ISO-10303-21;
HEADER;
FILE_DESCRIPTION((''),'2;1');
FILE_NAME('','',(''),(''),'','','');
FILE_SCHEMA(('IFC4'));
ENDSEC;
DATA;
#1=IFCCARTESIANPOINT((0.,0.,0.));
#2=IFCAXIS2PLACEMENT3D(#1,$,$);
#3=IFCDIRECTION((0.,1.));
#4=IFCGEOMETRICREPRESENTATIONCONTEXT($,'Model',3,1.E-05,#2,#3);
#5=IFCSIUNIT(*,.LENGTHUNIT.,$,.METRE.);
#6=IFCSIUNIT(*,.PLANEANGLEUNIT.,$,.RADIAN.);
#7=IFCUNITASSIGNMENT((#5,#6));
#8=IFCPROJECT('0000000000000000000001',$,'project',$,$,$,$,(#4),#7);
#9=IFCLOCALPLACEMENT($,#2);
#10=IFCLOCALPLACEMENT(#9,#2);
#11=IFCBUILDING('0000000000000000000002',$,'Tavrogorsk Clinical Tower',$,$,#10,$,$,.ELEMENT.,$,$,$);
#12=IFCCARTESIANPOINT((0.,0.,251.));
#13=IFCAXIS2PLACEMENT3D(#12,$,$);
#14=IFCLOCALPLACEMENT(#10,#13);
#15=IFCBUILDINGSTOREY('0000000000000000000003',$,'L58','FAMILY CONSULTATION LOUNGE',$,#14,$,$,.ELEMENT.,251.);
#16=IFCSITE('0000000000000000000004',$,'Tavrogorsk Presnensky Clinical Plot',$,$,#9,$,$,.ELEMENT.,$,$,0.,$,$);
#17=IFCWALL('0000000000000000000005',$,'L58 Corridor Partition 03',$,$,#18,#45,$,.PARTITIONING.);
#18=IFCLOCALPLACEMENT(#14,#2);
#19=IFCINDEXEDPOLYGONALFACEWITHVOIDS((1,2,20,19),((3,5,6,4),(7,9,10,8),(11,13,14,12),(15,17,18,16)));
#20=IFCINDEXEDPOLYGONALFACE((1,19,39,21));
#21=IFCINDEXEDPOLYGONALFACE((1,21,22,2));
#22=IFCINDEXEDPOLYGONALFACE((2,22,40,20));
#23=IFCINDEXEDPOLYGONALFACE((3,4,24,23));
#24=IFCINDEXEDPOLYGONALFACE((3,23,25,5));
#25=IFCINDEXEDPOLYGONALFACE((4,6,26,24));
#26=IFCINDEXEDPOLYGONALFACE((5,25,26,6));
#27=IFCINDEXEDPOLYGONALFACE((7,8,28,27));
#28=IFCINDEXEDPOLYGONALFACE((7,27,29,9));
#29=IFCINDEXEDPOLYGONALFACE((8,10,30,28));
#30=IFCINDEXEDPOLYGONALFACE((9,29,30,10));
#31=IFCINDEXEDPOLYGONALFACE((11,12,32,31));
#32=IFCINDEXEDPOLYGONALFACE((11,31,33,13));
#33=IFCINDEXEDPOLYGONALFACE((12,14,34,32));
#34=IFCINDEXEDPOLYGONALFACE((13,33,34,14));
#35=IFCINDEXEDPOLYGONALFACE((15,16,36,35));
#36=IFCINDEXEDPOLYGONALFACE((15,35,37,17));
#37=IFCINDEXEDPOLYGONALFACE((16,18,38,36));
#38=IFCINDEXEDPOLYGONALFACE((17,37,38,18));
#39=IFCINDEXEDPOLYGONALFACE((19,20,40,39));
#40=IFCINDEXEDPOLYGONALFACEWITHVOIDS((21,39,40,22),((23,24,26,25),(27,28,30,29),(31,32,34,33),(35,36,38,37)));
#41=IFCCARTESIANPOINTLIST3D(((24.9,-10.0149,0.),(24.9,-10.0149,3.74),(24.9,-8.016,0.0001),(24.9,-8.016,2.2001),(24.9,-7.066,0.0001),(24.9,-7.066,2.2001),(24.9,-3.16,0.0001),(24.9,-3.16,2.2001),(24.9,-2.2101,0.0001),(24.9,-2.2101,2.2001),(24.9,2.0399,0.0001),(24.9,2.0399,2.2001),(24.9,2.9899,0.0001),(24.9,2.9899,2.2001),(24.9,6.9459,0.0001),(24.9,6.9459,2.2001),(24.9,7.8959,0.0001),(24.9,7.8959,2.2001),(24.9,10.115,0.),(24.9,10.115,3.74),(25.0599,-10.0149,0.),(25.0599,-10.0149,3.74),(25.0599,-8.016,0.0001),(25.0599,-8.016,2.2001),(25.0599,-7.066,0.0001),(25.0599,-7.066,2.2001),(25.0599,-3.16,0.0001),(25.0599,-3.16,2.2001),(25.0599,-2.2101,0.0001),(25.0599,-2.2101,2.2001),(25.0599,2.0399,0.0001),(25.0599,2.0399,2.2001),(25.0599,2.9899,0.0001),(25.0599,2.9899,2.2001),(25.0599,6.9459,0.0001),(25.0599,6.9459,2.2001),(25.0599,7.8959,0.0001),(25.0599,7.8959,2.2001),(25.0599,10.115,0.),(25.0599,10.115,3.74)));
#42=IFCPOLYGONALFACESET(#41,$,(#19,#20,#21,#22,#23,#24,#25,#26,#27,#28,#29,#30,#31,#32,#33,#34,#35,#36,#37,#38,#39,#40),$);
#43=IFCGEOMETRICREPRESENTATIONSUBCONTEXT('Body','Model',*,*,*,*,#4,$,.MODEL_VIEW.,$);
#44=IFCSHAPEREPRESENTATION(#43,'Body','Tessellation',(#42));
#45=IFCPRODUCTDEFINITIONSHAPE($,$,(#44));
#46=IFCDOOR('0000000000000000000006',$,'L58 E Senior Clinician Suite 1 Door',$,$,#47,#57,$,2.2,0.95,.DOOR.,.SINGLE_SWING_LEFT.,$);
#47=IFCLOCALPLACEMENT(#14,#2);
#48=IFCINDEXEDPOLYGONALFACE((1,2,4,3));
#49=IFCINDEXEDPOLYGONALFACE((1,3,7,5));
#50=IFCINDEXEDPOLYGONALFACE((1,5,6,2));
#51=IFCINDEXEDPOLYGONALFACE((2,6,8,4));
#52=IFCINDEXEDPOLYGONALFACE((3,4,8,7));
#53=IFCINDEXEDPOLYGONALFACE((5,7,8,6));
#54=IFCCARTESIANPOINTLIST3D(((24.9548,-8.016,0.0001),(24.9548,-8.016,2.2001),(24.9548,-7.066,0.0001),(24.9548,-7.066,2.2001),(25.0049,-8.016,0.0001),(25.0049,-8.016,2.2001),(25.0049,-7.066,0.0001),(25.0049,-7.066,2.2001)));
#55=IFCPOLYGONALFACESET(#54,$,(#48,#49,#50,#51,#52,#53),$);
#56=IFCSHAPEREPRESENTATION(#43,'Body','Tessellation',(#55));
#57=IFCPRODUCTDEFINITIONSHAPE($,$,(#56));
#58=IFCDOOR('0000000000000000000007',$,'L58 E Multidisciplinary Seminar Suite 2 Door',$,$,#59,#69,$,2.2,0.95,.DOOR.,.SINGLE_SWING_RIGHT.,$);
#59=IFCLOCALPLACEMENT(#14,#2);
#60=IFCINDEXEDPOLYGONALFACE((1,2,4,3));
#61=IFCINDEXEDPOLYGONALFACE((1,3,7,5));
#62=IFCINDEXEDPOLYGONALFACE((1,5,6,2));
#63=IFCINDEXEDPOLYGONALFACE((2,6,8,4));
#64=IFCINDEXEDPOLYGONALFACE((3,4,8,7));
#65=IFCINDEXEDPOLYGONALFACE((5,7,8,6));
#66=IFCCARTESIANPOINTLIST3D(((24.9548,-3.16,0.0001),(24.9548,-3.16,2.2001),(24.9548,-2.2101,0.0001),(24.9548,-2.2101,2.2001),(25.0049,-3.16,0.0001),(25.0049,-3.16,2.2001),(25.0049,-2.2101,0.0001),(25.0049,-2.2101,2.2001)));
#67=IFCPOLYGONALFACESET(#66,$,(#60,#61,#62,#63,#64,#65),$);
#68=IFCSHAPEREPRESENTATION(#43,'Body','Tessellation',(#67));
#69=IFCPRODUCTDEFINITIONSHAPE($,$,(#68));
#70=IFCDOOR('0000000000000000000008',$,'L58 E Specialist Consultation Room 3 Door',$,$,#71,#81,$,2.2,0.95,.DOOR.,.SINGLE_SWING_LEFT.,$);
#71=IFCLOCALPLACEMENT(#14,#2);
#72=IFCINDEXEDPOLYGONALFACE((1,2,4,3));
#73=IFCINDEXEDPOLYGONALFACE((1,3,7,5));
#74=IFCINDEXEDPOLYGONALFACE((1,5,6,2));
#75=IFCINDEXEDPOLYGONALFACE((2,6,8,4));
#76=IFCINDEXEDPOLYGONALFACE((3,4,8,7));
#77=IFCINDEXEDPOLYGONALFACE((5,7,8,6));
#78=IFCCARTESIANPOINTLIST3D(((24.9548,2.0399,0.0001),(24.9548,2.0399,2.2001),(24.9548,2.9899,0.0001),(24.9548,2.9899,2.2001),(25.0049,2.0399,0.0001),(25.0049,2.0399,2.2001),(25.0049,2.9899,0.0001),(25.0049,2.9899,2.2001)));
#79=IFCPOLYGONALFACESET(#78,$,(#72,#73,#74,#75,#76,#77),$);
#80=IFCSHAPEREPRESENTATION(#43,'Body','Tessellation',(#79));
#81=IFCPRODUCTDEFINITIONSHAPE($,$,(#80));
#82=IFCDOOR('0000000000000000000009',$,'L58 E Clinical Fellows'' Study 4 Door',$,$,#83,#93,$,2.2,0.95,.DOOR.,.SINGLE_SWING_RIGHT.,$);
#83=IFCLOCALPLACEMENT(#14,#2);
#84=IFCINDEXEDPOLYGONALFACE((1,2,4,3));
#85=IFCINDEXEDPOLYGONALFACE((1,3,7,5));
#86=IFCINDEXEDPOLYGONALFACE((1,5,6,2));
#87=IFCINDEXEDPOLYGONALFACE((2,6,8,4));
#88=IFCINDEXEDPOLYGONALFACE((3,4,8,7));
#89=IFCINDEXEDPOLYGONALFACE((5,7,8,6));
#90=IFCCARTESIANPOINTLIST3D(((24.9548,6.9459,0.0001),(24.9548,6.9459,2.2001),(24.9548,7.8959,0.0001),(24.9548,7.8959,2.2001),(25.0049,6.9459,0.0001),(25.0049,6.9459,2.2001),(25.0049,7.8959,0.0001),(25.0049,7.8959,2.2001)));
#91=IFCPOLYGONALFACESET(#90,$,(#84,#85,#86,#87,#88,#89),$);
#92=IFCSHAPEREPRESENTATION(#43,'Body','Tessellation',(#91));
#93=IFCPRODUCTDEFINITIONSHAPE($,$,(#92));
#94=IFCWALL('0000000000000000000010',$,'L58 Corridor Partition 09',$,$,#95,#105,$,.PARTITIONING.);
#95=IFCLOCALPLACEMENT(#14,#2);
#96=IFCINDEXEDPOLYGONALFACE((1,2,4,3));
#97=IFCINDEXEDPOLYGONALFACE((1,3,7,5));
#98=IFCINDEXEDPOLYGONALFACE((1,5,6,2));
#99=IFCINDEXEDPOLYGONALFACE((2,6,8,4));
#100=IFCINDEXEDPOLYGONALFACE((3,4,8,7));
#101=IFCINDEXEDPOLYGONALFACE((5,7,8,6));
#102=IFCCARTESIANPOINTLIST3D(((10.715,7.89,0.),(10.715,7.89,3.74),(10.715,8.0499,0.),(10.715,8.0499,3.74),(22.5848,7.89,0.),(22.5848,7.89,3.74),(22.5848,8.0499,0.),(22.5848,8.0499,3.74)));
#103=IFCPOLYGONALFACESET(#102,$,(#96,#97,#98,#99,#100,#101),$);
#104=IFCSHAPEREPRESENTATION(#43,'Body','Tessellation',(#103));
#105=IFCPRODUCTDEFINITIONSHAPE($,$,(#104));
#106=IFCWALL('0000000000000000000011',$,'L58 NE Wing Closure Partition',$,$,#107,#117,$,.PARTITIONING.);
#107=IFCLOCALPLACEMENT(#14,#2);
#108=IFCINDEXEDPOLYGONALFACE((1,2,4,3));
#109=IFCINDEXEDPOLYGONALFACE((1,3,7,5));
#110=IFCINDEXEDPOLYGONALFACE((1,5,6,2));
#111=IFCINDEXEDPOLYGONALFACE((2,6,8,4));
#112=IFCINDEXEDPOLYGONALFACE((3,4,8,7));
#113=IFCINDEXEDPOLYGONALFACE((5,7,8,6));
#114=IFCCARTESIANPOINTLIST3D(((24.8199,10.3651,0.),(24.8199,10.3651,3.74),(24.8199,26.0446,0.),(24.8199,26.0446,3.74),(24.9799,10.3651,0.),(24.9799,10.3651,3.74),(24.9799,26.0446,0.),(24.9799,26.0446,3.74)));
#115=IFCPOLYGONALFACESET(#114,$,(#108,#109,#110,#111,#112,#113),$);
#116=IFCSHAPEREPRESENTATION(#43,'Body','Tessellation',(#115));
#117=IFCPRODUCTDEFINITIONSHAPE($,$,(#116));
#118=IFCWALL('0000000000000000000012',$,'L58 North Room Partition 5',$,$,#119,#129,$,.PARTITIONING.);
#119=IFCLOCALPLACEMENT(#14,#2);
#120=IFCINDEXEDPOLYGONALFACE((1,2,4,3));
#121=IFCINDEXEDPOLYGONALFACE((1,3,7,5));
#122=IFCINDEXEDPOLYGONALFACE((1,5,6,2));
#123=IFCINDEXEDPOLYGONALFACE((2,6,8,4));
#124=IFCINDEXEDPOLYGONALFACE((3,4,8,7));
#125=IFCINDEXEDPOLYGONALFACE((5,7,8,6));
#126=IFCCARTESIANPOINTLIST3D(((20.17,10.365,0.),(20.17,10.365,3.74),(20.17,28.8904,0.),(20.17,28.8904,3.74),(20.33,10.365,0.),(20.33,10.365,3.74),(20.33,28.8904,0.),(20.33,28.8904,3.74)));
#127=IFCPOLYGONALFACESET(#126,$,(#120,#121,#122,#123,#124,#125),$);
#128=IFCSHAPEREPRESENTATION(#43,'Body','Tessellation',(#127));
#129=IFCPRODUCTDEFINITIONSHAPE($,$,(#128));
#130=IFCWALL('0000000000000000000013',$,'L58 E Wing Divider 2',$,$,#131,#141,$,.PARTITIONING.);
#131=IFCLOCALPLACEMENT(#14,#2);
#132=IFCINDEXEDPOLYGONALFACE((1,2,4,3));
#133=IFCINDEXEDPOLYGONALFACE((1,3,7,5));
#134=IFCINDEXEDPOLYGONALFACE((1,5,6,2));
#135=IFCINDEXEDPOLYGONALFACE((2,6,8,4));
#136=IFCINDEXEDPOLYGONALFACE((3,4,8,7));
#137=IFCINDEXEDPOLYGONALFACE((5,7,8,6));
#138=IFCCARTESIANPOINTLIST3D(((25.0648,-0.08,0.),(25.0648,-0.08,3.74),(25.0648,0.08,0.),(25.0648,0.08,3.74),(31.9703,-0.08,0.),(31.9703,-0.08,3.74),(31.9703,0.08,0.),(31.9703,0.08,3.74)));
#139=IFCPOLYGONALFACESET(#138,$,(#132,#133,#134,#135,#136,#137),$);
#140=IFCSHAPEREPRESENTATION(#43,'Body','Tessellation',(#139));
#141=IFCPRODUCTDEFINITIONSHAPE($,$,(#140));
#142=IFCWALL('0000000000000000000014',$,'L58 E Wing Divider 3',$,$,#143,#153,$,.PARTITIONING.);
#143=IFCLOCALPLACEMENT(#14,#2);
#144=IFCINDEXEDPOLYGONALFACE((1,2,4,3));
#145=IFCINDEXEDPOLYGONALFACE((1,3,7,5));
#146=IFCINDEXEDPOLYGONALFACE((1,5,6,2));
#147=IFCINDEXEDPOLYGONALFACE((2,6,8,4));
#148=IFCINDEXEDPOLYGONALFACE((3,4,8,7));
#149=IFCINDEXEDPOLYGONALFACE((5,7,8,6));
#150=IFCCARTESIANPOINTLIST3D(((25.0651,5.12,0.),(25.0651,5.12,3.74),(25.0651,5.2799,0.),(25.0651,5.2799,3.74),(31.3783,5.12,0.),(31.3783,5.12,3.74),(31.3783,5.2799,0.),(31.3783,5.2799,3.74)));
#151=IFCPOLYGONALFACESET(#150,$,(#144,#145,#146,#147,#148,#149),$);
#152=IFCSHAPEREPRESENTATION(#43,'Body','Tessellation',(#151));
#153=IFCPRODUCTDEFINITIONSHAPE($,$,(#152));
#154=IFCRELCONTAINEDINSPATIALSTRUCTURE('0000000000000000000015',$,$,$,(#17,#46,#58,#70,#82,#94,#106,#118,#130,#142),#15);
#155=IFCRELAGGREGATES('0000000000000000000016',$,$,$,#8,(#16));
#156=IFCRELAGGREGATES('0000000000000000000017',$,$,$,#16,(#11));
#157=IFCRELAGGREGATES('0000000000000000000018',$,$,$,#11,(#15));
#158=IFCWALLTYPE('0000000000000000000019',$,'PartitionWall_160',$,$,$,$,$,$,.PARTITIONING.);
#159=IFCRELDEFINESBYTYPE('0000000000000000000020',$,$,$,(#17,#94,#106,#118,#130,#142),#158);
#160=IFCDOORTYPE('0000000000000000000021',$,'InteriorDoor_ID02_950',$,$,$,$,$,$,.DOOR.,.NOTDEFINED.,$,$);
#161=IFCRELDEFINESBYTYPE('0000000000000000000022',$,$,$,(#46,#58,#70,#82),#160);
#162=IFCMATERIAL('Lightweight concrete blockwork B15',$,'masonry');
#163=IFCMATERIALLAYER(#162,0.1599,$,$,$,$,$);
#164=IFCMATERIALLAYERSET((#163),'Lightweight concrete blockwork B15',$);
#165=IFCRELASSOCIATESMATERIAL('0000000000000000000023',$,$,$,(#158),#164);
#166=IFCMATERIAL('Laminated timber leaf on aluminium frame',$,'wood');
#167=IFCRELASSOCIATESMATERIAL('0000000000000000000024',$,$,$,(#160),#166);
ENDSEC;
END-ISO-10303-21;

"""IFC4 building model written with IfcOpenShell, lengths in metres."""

from ifc_helpers import new_model, si_unit, direction, frame, frame_2d, origin, place, context, subcontext, project, spatial, rectangle, extrude, material, layer, layer_set, type_object, element, fill, save


model = new_model("IFC4")

# Units and contexts
model_context = context("Model", 3, precision=1e-05, world=origin(), true_north=direction((0.0, 1.0)))
body_context = subcontext(model_context, "Body", "Model", "MODEL_VIEW")
ifc_project = project(units=[si_unit("LENGTHUNIT", "METRE"), si_unit("PLANEANGLEUNIT", "RADIAN")], contexts=[model_context])

# Site, building, storey
site_placement = place(None, origin())
site = spatial("IfcSite", under=ifc_project, at=site_placement, Name="Tavrogorsk Presnensky Clinical Plot", CompositionType="ELEMENT", RefElevation=0.0)
building_placement = place(site_placement, origin())
building = spatial("IfcBuilding", under=site, at=building_placement, Name="Tavrogorsk Clinical Tower", CompositionType="ELEMENT")
storey_placement = place(building_placement, frame((0.0, 0.0, 251.0)))
storey = spatial("IfcBuildingStorey", under=building, at=storey_placement, Name="L58", Description="FAMILY CONSULTATION LOUNGE", CompositionType="ELEMENT", Elevation=251.0)

# Wall, openings, doors
ifc_material_1 = material(Name="Lightweight concrete blockwork B15", Category="masonry")
ifc_layer_1 = layer(ifc_material_1, 0.1599)
ifc_layer_set_1 = layer_set([ifc_layer_1], Name="Lightweight concrete blockwork B15")
wall_type_1 = type_object("IfcWallType", Name="PartitionWall_160", PredefinedType="PARTITIONING", material=ifc_layer_set_1)
wall_1_placement = place(storey_placement, frame((24.98, 10.115, 0.0), z_axis=(0.0, 0.0, 1.0), x_axis=(0.0, -1.0, 0.0)))
wall_1 = element("IfcWall", 1, at=wall_1_placement, inside=storey, type_object=wall_type_1, Name="L58 Corridor Partition 03", PredefinedType="PARTITIONING", context=body_context, shape_type="SweptSolid", body=[
    extrude(rectangle(XDim=20.1299, YDim=0.1599, at=frame_2d((10.0649, 0.0))), origin(), (0.0, 0.0, 1.0), 3.74),
])
opening_1_placement = place(wall_1_placement, frame((17.1809, 0.0, 0.0)))
opening_1 = element("IfcOpeningElement", 2, at=opening_1_placement, cuts=wall_1, PredefinedType="OPENING", context=body_context, shape_type="SweptSolid", body=[
    extrude(rectangle(XDim=0.95, YDim=2.2, at=frame_2d((0.4751, 1.1001))), frame((0.0, 0.0898, 0.0), z_axis=(0.0, -1.0, 0.0), x_axis=(1.0, 0.0, 0.0)), (0.0, 0.0, 1.0), 0.1799),
])
opening_2_placement = place(wall_1_placement, frame((12.325, 0.0, 0.0)))
opening_2 = element("IfcOpeningElement", 3, at=opening_2_placement, cuts=wall_1, PredefinedType="OPENING", context=body_context, shape_type="SweptSolid", body=[
    extrude(rectangle(XDim=0.95, YDim=2.2, at=frame_2d((0.4751, 1.1001))), frame((0.0, 0.0898, 0.0), z_axis=(0.0, -1.0, 0.0), x_axis=(1.0, 0.0, 0.0)), (0.0, 0.0, 1.0), 0.1799),
])
opening_3_placement = place(wall_1_placement, frame((7.125, 0.0, 0.0)))
opening_3 = element("IfcOpeningElement", 4, at=opening_3_placement, cuts=wall_1, PredefinedType="OPENING", context=body_context, shape_type="SweptSolid", body=[
    extrude(rectangle(XDim=0.95, YDim=2.2, at=frame_2d((0.4751, 1.1001))), frame((0.0, 0.0898, 0.0), z_axis=(0.0, -1.0, 0.0), x_axis=(1.0, 0.0, 0.0)), (0.0, 0.0, 1.0), 0.1799),
])
opening_4_placement = place(wall_1_placement, frame((2.219, 0.0, 0.0)))
opening_4 = element("IfcOpeningElement", 5, at=opening_4_placement, cuts=wall_1, PredefinedType="OPENING", context=body_context, shape_type="SweptSolid", body=[
    extrude(rectangle(XDim=0.95, YDim=2.2, at=frame_2d((0.4751, 1.1001))), frame((0.0, 0.0898, 0.0), z_axis=(0.0, -1.0, 0.0), x_axis=(1.0, 0.0, 0.0)), (0.0, 0.0, 1.0), 0.1799),
])
ifc_material_2 = material(Name="Laminated timber leaf on aluminium frame", Category="wood")
door_type_1 = type_object("IfcDoorType", Name="InteriorDoor_ID02_950", OperationType="NOTDEFINED", PredefinedType="DOOR", material=ifc_material_2)
door_1_placement = place(opening_1_placement, origin())
door_1 = element("IfcDoor", 6, at=door_1_placement, inside=storey, type_object=door_type_1, Name="L58 E Senior Clinician Suite 1 Door", OperationType="SINGLE_SWING_LEFT", OverallHeight=2.2, OverallWidth=0.95, PredefinedType="DOOR", context=body_context, shape_type="SweptSolid", body=[
    extrude(rectangle(XDim=0.95, YDim=2.2, at=frame_2d((0.4751, 1.1001))), frame((0.0, 0.0249, 0.0), z_axis=(0.0, -1.0, 0.0), x_axis=(1.0, 0.0, 0.0)), (0.0, 0.0, 1.0), 0.05),
])
fill(opening_1, door_1)
door_2_placement = place(opening_2_placement, origin())
door_2 = element("IfcDoor", 7, at=door_2_placement, inside=storey, type_object=door_type_1, Name="L58 E Multidisciplinary Seminar Suite 2 Door", OperationType="SINGLE_SWING_RIGHT", OverallHeight=2.2, OverallWidth=0.95, PredefinedType="DOOR", context=body_context, shape_type="SweptSolid", body=[
    extrude(rectangle(XDim=0.95, YDim=2.2, at=frame_2d((0.4751, 1.1001))), frame((0.0, 0.0249, 0.0), z_axis=(0.0, -1.0, 0.0), x_axis=(1.0, 0.0, 0.0)), (0.0, 0.0, 1.0), 0.05),
])
fill(opening_2, door_2)
door_3_placement = place(opening_3_placement, origin())
door_3 = element("IfcDoor", 8, at=door_3_placement, inside=storey, type_object=door_type_1, Name="L58 E Specialist Consultation Room 3 Door", OperationType="SINGLE_SWING_LEFT", OverallHeight=2.2, OverallWidth=0.95, PredefinedType="DOOR", context=body_context, shape_type="SweptSolid", body=[
    extrude(rectangle(XDim=0.95, YDim=2.2, at=frame_2d((0.4751, 1.1001))), frame((0.0, 0.0249, 0.0), z_axis=(0.0, -1.0, 0.0), x_axis=(1.0, 0.0, 0.0)), (0.0, 0.0, 1.0), 0.05),
])
fill(opening_3, door_3)
door_4_placement = place(opening_4_placement, origin())
door_4 = element("IfcDoor", 9, at=door_4_placement, inside=storey, type_object=door_type_1, Name="L58 E Clinical Fellows' Study 4 Door", OperationType="SINGLE_SWING_RIGHT", OverallHeight=2.2, OverallWidth=0.95, PredefinedType="DOOR", context=body_context, shape_type="SweptSolid", body=[
    extrude(rectangle(XDim=0.95, YDim=2.2, at=frame_2d((0.4751, 1.1001))), frame((0.0, 0.0249, 0.0), z_axis=(0.0, -1.0, 0.0), x_axis=(1.0, 0.0, 0.0)), (0.0, 0.0, 1.0), 0.05),
])
fill(opening_4, door_4)

# Walls
wall_2_placement = place(storey_placement, frame((22.585, 7.97, 0.0), z_axis=(0.0, 0.0, 1.0), x_axis=(-1.0, 0.0, 0.0)))
element("IfcWall", 10, at=wall_2_placement, inside=storey, type_object=wall_type_1, Name="L58 Corridor Partition 09", PredefinedType="PARTITIONING", context=body_context, shape_type="SweptSolid", body=[
    extrude(rectangle(XDim=11.8699, YDim=0.1599, at=frame_2d((5.9351, 0.0))), origin(), (0.0, 0.0, 1.0), 3.74),
])
wall_3_placement = place(storey_placement, frame((24.8999, 10.365, 0.0), z_axis=(0.0, 0.0, 1.0), x_axis=(0.0, 1.0, 0.0)))
element("IfcWall", 11, at=wall_3_placement, inside=storey, type_object=wall_type_1, Name="L58 NE Wing Closure Partition", PredefinedType="PARTITIONING", context=body_context, shape_type="SweptSolid", body=[
    extrude(rectangle(XDim=15.6794, YDim=0.1599, at=frame_2d((7.8398, 0.0))), origin(), (0.0, 0.0, 1.0), 3.74),
])
wall_4_placement = place(storey_placement, frame((20.25, 10.365, 0.0), z_axis=(0.0, 0.0, 1.0), x_axis=(0.0, 1.0, 0.0)))
element("IfcWall", 12, at=wall_4_placement, inside=storey, type_object=wall_type_1, Name="L58 North Room Partition 5", PredefinedType="PARTITIONING", context=body_context, shape_type="SweptSolid", body=[
    extrude(rectangle(XDim=18.5254, YDim=0.1599, at=frame_2d((9.2627, 0.0))), origin(), (0.0, 0.0, 1.0), 3.74),
])
wall_5_placement = place(storey_placement, frame((25.0649, 0.0, 0.0), z_axis=(0.0, 0.0, 1.0), x_axis=(1.0, 0.0, 0.0)))
element("IfcWall", 13, at=wall_5_placement, inside=storey, type_object=wall_type_1, Name="L58 E Wing Divider 2", PredefinedType="PARTITIONING", context=body_context, shape_type="SweptSolid", body=[
    extrude(rectangle(XDim=6.9055, YDim=0.1599, at=frame_2d((3.4526, 0.0))), origin(), (0.0, 0.0, 1.0), 3.74),
])
wall_6_placement = place(storey_placement, frame((25.0649, 5.2, 0.0), z_axis=(0.0, 0.0, 1.0), x_axis=(1.0, 0.0, 0.0)))
element("IfcWall", 14, at=wall_6_placement, inside=storey, type_object=wall_type_1, Name="L58 E Wing Divider 3", PredefinedType="PARTITIONING", context=body_context, shape_type="SweptSolid", body=[
    extrude(rectangle(XDim=6.3132, YDim=0.1599, at=frame_2d((3.1567, 0.0))), origin(), (0.0, 0.0, 1.0), 3.74),
])

save(model, "model.ifc")
